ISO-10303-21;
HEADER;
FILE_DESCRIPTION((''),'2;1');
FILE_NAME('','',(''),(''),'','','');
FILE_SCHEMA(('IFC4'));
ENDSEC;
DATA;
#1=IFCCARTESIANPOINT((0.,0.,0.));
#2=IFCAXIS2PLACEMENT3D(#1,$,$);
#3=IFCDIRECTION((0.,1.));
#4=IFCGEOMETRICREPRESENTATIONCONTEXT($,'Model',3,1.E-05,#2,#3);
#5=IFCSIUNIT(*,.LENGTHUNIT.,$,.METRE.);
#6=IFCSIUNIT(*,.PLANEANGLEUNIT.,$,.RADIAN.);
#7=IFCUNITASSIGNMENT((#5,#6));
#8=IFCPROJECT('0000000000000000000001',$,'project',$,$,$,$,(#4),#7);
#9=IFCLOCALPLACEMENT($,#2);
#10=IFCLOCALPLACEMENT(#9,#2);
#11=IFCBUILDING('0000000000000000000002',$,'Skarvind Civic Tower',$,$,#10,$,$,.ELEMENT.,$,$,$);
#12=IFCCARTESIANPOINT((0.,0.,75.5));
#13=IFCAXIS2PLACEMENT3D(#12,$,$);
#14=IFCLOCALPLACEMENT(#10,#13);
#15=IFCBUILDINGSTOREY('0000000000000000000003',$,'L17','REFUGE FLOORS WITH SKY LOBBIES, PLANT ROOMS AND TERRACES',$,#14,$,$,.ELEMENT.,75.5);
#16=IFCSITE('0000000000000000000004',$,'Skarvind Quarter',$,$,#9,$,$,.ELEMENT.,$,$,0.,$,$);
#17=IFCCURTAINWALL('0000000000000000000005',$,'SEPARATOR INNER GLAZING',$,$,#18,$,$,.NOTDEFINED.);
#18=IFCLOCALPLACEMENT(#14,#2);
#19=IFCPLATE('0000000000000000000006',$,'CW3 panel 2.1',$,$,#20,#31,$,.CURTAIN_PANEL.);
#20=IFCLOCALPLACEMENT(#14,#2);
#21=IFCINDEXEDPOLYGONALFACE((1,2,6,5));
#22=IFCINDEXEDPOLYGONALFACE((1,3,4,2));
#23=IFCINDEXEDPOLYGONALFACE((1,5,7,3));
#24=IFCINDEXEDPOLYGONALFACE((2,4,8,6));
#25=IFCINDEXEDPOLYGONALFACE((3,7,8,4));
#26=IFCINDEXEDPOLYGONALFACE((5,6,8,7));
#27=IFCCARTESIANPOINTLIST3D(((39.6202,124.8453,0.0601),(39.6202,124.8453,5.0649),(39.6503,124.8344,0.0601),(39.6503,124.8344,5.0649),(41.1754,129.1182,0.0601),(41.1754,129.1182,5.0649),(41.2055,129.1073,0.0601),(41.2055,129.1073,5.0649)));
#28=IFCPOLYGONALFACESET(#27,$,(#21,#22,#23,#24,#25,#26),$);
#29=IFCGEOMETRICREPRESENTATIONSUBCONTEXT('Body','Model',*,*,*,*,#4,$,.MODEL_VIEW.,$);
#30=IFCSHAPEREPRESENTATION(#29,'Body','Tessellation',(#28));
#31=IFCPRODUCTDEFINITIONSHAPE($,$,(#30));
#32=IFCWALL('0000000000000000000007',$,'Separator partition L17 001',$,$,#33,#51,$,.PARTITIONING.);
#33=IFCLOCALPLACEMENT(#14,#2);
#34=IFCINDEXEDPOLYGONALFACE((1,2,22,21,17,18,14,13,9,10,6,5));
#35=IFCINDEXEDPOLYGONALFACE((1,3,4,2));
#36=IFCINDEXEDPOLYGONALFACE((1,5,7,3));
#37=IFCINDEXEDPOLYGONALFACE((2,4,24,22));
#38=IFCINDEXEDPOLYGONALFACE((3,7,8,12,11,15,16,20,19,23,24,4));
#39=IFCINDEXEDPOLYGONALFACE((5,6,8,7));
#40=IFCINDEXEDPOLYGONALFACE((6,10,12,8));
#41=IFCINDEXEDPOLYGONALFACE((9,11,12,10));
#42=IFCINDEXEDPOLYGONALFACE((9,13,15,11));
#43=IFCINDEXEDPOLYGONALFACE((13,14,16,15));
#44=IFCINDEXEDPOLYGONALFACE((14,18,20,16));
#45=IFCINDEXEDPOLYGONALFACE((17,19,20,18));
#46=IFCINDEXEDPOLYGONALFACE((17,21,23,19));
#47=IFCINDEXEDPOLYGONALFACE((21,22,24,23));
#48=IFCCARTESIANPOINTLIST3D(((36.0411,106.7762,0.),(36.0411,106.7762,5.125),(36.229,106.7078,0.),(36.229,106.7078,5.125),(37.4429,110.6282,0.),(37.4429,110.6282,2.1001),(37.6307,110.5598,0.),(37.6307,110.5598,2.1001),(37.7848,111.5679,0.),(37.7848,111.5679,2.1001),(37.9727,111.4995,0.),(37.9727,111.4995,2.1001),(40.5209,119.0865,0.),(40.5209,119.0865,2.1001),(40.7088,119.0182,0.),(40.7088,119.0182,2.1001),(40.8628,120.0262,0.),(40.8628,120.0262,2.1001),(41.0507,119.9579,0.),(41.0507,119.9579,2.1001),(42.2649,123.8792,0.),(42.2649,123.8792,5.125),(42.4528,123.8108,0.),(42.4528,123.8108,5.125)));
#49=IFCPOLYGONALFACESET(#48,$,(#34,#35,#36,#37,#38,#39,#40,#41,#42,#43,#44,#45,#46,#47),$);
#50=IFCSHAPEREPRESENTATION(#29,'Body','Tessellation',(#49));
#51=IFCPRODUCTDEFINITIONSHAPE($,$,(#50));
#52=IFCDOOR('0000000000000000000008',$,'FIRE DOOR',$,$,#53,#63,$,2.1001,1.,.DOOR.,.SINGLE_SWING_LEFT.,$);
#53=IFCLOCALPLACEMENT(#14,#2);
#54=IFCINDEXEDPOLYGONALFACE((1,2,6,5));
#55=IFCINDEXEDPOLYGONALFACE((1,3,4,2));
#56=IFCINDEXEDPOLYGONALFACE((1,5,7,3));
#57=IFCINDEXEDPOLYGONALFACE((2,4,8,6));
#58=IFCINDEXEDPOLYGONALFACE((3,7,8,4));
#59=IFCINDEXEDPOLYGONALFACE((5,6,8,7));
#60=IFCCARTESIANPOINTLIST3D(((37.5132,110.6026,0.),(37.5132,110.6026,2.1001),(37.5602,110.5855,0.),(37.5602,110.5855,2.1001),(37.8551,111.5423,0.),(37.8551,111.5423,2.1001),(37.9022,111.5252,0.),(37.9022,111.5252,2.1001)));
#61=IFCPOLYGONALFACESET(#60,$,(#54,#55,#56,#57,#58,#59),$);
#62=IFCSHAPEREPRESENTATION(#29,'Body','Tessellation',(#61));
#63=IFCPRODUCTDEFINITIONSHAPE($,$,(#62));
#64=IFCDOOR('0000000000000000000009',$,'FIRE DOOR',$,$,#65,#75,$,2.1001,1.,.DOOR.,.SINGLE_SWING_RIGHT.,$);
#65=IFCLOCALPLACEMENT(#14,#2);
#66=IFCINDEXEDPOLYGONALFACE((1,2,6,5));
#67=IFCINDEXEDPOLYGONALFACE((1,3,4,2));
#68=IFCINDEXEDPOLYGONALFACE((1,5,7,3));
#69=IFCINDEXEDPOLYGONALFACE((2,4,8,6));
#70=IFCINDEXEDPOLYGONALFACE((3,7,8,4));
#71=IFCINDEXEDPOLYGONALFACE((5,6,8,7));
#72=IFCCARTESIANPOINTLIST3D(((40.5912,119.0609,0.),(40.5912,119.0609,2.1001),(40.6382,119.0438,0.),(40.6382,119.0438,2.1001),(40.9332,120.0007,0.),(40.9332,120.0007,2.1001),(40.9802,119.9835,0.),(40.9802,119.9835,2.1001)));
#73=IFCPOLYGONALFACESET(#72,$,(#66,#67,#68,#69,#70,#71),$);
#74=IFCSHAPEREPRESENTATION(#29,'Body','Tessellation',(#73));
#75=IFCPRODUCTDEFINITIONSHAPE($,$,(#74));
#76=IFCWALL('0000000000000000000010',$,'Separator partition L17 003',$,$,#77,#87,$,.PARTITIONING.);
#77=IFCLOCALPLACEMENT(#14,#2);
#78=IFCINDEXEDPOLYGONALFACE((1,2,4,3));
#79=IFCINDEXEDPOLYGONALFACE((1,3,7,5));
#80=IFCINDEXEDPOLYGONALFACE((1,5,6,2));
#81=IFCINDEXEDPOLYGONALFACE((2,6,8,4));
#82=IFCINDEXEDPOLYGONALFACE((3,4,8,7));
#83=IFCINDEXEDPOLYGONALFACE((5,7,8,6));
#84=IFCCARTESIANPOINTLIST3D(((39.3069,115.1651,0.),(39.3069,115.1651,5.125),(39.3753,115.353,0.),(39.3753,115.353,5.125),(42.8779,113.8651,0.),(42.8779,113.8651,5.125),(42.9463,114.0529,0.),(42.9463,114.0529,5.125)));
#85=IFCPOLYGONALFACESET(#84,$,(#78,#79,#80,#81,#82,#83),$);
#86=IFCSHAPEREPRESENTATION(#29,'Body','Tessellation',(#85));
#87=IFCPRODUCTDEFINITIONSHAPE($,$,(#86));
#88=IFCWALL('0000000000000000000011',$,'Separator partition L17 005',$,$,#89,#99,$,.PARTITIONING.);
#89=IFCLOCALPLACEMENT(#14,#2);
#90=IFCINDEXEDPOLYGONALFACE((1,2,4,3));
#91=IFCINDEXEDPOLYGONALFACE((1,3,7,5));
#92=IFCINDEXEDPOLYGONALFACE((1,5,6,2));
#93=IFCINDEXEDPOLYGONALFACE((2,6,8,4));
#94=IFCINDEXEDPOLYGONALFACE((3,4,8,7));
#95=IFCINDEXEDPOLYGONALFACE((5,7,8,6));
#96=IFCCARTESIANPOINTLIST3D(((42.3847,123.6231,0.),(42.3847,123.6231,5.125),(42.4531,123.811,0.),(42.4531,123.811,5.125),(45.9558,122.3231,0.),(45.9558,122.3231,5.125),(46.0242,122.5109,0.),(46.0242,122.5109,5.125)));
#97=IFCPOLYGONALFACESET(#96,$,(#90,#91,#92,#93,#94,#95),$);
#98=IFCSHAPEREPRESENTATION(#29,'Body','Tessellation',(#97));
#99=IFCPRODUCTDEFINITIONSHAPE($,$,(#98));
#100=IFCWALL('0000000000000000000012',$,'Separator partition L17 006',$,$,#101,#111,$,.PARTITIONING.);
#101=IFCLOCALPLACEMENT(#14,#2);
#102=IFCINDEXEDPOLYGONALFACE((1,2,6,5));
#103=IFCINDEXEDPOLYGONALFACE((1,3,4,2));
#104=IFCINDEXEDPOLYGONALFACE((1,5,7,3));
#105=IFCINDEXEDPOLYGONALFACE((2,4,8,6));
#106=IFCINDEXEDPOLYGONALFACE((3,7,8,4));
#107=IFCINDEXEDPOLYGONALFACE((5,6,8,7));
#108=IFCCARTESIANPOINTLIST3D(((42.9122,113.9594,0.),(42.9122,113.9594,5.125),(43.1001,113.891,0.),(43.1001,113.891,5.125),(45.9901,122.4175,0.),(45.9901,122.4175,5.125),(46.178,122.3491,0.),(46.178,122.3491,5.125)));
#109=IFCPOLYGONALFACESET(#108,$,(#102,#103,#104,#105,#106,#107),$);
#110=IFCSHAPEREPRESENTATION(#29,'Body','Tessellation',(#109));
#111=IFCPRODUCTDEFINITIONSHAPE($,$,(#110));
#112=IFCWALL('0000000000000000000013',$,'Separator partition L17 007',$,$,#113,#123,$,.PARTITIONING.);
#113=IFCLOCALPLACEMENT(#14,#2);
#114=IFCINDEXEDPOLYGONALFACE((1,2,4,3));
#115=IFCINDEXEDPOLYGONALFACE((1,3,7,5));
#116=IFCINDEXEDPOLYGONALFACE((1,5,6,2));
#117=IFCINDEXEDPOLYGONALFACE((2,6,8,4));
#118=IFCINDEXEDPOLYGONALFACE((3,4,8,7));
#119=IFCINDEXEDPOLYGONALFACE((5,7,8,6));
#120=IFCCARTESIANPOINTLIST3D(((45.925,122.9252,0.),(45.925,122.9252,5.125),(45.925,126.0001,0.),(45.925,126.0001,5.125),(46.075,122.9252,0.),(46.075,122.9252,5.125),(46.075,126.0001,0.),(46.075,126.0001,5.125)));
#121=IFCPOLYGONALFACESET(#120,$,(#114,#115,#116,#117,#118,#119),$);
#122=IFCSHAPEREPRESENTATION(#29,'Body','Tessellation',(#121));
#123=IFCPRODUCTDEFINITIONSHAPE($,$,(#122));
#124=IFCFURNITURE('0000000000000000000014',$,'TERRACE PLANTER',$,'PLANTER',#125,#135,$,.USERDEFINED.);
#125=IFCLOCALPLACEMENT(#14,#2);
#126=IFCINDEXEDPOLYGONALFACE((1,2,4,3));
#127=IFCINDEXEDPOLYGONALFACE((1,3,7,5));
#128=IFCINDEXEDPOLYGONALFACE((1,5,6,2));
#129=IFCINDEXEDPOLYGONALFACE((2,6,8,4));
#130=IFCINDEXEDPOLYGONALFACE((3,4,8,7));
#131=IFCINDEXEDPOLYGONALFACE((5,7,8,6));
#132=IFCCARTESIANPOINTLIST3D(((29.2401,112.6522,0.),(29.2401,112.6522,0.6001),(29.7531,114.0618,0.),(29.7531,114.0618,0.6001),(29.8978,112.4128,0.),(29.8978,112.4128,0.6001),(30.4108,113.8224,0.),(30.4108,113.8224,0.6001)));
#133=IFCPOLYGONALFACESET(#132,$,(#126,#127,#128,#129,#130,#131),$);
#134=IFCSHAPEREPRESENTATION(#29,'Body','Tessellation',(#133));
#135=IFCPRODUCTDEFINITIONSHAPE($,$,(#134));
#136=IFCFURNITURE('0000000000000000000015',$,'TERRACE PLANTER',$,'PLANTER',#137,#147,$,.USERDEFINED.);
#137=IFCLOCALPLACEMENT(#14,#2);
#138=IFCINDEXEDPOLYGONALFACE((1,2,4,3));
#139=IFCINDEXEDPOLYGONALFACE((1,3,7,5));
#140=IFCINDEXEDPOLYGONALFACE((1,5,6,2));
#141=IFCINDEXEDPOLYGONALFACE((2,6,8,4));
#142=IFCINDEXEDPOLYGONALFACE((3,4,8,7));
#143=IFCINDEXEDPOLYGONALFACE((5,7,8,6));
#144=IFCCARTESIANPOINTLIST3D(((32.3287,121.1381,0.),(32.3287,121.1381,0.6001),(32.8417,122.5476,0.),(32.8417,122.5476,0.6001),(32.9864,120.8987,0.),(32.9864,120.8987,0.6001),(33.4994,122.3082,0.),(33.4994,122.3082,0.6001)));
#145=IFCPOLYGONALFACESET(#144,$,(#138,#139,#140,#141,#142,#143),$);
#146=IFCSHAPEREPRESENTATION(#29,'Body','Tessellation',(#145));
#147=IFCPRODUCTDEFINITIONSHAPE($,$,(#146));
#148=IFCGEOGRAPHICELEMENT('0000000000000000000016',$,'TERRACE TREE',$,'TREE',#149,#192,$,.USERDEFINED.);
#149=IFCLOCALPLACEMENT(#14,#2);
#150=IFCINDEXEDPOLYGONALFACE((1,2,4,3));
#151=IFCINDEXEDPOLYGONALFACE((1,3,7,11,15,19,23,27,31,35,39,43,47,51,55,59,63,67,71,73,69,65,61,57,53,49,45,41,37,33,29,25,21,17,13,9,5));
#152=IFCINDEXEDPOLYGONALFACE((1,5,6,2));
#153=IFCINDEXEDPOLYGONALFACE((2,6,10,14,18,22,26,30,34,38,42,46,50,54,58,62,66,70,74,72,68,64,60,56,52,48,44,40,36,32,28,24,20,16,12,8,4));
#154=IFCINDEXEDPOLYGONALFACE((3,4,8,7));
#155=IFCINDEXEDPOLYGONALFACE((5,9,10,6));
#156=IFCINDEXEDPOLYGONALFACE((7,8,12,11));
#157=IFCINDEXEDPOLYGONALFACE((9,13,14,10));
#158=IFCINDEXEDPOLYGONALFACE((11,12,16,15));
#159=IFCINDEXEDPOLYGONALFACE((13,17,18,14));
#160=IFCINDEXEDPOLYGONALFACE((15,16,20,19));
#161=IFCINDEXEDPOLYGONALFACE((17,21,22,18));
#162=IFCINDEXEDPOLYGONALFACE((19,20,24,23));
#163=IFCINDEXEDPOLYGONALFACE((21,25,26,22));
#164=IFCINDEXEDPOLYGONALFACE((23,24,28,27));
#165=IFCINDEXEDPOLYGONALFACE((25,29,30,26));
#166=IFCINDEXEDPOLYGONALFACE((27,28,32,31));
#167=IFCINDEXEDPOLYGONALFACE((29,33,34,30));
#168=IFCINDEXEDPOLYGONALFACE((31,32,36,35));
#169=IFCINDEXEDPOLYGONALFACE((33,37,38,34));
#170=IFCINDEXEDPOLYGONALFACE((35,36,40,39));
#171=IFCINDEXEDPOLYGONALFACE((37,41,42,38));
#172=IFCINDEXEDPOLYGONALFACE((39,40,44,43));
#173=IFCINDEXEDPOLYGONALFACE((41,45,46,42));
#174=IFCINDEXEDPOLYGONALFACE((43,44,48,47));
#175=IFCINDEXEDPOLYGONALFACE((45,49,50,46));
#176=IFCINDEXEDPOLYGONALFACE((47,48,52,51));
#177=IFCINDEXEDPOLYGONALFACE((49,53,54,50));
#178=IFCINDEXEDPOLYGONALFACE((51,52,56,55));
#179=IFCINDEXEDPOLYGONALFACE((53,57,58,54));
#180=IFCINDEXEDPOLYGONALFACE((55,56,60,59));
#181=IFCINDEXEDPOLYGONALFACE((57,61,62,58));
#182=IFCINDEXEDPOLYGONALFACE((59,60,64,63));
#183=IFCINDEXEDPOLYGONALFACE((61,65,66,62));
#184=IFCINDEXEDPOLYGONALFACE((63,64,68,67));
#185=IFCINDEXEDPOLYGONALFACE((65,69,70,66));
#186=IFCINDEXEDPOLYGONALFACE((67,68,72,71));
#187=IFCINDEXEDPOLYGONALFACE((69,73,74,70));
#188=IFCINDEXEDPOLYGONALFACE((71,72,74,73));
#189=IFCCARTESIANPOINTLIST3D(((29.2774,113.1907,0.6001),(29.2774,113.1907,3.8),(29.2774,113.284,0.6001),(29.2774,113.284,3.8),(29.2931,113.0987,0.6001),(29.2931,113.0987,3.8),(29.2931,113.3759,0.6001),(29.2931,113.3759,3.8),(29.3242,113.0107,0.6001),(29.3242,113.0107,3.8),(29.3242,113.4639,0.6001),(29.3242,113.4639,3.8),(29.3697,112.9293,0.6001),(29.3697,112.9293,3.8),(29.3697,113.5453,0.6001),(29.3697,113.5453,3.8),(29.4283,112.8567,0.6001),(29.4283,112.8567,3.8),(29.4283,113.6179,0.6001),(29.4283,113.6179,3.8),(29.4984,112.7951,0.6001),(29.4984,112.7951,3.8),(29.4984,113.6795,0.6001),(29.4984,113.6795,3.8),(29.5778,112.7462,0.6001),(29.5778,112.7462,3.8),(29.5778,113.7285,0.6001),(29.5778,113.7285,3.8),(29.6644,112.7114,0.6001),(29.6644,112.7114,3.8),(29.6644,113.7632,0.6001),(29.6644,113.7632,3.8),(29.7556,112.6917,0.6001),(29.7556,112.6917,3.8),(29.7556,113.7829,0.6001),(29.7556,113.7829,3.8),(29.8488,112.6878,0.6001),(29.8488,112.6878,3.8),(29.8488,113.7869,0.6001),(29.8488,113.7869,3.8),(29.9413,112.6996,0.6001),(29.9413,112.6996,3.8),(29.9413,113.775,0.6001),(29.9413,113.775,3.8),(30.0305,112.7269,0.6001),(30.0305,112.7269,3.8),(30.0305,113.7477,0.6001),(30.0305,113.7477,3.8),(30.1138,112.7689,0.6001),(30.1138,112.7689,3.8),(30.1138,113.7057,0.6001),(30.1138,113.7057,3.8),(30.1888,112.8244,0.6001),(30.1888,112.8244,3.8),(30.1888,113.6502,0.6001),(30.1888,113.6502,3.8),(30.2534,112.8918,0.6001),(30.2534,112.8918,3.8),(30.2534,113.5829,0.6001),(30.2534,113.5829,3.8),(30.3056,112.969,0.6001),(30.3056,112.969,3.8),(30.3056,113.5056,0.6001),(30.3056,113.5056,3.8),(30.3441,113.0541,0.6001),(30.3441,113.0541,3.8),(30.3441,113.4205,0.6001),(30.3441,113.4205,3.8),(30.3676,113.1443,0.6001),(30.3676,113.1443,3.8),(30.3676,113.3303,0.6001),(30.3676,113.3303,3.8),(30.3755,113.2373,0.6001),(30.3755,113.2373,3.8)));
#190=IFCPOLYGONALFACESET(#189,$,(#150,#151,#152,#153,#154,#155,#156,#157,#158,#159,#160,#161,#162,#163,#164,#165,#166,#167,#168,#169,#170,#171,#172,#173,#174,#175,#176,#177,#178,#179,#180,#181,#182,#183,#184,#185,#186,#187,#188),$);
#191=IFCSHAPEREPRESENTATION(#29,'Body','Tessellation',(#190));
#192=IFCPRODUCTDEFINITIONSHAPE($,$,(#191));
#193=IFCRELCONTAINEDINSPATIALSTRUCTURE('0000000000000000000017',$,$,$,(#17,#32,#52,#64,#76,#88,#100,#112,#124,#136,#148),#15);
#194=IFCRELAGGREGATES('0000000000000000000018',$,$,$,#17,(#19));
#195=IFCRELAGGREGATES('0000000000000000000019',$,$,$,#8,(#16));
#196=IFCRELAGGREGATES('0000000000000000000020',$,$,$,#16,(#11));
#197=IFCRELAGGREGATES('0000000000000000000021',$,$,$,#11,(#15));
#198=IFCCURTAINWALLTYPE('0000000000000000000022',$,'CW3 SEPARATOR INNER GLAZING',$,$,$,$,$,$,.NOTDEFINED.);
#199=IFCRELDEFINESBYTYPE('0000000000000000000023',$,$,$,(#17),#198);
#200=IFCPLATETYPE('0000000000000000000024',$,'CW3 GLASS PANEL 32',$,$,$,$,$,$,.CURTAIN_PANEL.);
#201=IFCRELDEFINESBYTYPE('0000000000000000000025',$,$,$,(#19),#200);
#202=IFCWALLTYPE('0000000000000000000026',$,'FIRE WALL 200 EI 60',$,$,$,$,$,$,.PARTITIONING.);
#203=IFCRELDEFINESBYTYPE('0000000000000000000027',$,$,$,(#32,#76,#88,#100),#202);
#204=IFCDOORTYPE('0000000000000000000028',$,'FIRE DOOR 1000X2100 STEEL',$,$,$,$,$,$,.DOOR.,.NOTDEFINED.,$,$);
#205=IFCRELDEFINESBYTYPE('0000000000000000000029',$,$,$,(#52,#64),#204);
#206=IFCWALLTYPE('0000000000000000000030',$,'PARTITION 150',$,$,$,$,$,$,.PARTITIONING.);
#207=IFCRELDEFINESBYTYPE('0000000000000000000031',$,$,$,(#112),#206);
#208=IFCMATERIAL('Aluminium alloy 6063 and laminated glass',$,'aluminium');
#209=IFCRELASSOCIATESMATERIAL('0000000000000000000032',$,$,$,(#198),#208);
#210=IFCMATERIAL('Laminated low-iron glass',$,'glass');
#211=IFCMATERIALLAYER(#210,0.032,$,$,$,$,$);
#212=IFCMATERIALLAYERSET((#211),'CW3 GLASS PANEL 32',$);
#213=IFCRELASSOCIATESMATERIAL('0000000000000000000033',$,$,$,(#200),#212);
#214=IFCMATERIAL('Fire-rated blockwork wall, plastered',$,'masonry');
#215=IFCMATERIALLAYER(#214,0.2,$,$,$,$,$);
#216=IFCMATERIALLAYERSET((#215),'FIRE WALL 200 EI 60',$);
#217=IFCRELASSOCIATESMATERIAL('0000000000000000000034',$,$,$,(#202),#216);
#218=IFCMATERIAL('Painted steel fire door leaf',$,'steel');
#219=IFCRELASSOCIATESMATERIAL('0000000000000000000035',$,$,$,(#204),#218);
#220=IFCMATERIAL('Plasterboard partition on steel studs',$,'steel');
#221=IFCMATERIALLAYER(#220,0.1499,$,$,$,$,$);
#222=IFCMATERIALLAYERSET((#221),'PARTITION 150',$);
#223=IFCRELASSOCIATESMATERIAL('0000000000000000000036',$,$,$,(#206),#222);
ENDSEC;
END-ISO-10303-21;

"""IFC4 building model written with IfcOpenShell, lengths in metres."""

from ifc_helpers import new_model, si_unit, direction, frame, frame_2d, origin, origin_2d, place, context, subcontext, project, spatial, rectangle, circle, extrude, material, layer, layer_set, type_object, element, fill, aggregate, save


model = new_model("IFC4")

# Units and contexts
model_context = context("Model", 3, precision=1e-05, world=origin(), true_north=direction((0.0, 1.0)))
body_context = subcontext(model_context, "Body", "Model", "MODEL_VIEW")
ifc_project = project(units=[si_unit("LENGTHUNIT", "METRE"), si_unit("PLANEANGLEUNIT", "RADIAN")], contexts=[model_context])

# Site, building, storey
site_placement = place(None, origin())
site = spatial("IfcSite", under=ifc_project, at=site_placement, Name="Skarvind Quarter", CompositionType="ELEMENT", RefElevation=0.0)
building_placement = place(site_placement, origin())
building = spatial("IfcBuilding", under=site, at=building_placement, Name="Skarvind Civic Tower", CompositionType="ELEMENT")
storey_placement = place(building_placement, frame((0.0, 0.0, 75.5)))
storey = spatial("IfcBuildingStorey", under=building, at=storey_placement, Name="L17", Description="REFUGE FLOORS WITH SKY LOBBIES, PLANT ROOMS AND TERRACES", CompositionType="ELEMENT", Elevation=75.5)

# Shared definitions
ifc_material_1 = material(Name="Aluminium alloy 6063 and laminated glass", Category="aluminium")
curtain_wall_type = type_object("IfcCurtainWallType", Name="CW3 SEPARATOR INNER GLAZING", PredefinedType="NOTDEFINED", material=ifc_material_1)

# Curtain wall, plate
curtain_wall_1_placement = place(storey_placement, origin())
curtain_wall_1 = element("IfcCurtainWall", 1, at=curtain_wall_1_placement, inside=storey, type_object=curtain_wall_type, Name="SEPARATOR INNER GLAZING", PredefinedType="NOTDEFINED")
ifc_material_2 = material(Name="Laminated low-iron glass", Category="glass")
ifc_layer_1 = layer(ifc_material_2, 0.032)
ifc_layer_set_1 = layer_set([ifc_layer_1], Name="CW3 GLASS PANEL 32")
plate_type = type_object("IfcPlateType", Name="CW3 GLASS PANEL 32", PredefinedType="CURTAIN_PANEL", material=ifc_layer_set_1)
plate_1_placement = place(storey_placement, frame((40.4128, 126.9763, 0.0601), z_axis=(0.0, 0.0, 1.0), x_axis=(0.342026, 0.93969, 0.0)))
plate_1 = element("IfcPlate", 2, at=plate_1_placement, type_object=plate_type, Name="CW3 panel 2.1", PredefinedType="CURTAIN_PANEL", context=body_context, shape_type="SweptSolid", body=[
    extrude(rectangle(XDim=4.5471, YDim=0.032, at=origin_2d()), origin(), (0.0, 0.0, 1.0), 5.0049),
])
aggregate(curtain_wall_1, [plate_1])

# Wall, openings, doors
ifc_material_3 = material(Name="Fire-rated blockwork wall, plastered", Category="masonry")
ifc_layer_2 = layer(ifc_material_3, 0.2)
ifc_layer_set_2 = layer_set([ifc_layer_2], Name="FIRE WALL 200 EI 60")
wall_type_1 = type_object("IfcWallType", Name="FIRE WALL 200 EI 60", PredefinedType="PARTITIONING", material=ifc_layer_set_2)
wall_1_placement = place(storey_placement, frame((42.3589, 123.845, 0.0), z_axis=(0.0, 0.0, 1.0), x_axis=(-0.341966, -0.939712, 0.0)))
wall_1 = element("IfcWall", 3, at=wall_1_placement, inside=storey, type_object=wall_type_1, Name="Separator partition L17 001", PredefinedType="PARTITIONING", context=body_context, shape_type="SweptSolid", body=[
    extrude(rectangle(XDim=18.2002, YDim=0.2, at=frame_2d((9.1001, 0.0))), origin(), (0.0, 0.0, 1.0), 5.125),
])
opening_1_placement = place(wall_1_placement, frame((13.1011, 0.0, 0.0)))
opening_1 = element("IfcOpeningElement", 4, at=opening_1_placement, cuts=wall_1, PredefinedType="OPENING", context=body_context, shape_type="SweptSolid", body=[
    extrude(rectangle(XDim=1.0, YDim=2.1001, at=frame_2d((0.5, 1.05))), frame((0.0, 0.1099, 0.0), z_axis=(0.0, -1.0, 0.0), x_axis=(1.0, 0.0, 0.0)), (0.0, 0.0, 1.0), 0.22),
])
opening_2_placement = place(wall_1_placement, frame((4.1001, 0.0, 0.0)))
opening_2 = element("IfcOpeningElement", 5, at=opening_2_placement, cuts=wall_1, PredefinedType="OPENING", context=body_context, shape_type="SweptSolid", body=[
    extrude(rectangle(XDim=1.0, YDim=2.1001, at=frame_2d((0.5, 1.05))), frame((0.0, 0.1099, 0.0), z_axis=(0.0, -1.0, 0.0), x_axis=(1.0, 0.0, 0.0)), (0.0, 0.0, 1.0), 0.22),
])
ifc_material_4 = material(Name="Painted steel fire door leaf", Category="steel")
door_type_1 = type_object("IfcDoorType", Name="FIRE DOOR 1000X2100 STEEL", OperationType="NOTDEFINED", PredefinedType="DOOR", material=ifc_material_4)
door_1_placement = place(opening_1_placement, origin())
door_1 = element("IfcDoor", 6, at=door_1_placement, inside=storey, type_object=door_type_1, Name="FIRE DOOR", OperationType="SINGLE_SWING_LEFT", OverallHeight=2.1001, OverallWidth=1.0, PredefinedType="DOOR", context=body_context, shape_type="SweptSolid", body=[
    extrude(rectangle(XDim=1.0, YDim=2.1001, at=frame_2d((0.5, 1.05))), frame((0.0, 0.0249, 0.0), z_axis=(0.0, -1.0, 0.0), x_axis=(1.0, 0.0, 0.0)), (0.0, 0.0, 1.0), 0.05),
])
fill(opening_1, door_1)
door_2_placement = place(opening_2_placement, origin())
door_2 = element("IfcDoor", 7, at=door_2_placement, inside=storey, type_object=door_type_1, Name="FIRE DOOR", OperationType="SINGLE_SWING_RIGHT", OverallHeight=2.1001, OverallWidth=1.0, PredefinedType="DOOR", context=body_context, shape_type="SweptSolid", body=[
    extrude(rectangle(XDim=1.0, YDim=2.1001, at=frame_2d((0.5, 1.05))), frame((0.0, 0.0249, 0.0), z_axis=(0.0, -1.0, 0.0), x_axis=(1.0, 0.0, 0.0)), (0.0, 0.0, 1.0), 0.05),
])
fill(opening_2, door_2)

# Walls
for number, where, z_axis, x_axis, name in (
    (8, (39.3411, 115.259, 0.0), (0.0, 0.0, 1.0), (0.939668, -0.342089, 0.0), "Separator partition L17 003"),
    (9, (42.4189, 123.717, 0.0), (0.0, 0.0, 1.0), (0.939668, -0.342089, 0.0), "Separator partition L17 005"),
):
    element("IfcWall", number, at=place(storey_placement, frame(where, z_axis=z_axis, x_axis=x_axis)), inside=storey, type_object=wall_type_1, Name=name, PredefinedType="PARTITIONING", context=body_context, shape_type="SweptSolid", body=[
        extrude(rectangle(XDim=3.8003, YDim=0.2, at=frame_2d((1.9001, 0.0))), origin(), (0.0, 0.0, 1.0), 5.125),
    ])
wall_2_placement = place(storey_placement, frame((43.0061, 113.925, 0.0), z_axis=(0.0, 0.0, 1.0), x_axis=(0.341963, 0.939713, 0.0)))
element("IfcWall", 10, at=wall_2_placement, inside=storey, type_object=wall_type_1, Name="Separator partition L17 006", PredefinedType="PARTITIONING", context=body_context, shape_type="SweptSolid", body=[
    extrude(rectangle(XDim=9.0007, YDim=0.2, at=frame_2d((4.5005, 0.0))), origin(), (0.0, 0.0, 1.0), 5.125),
])
ifc_material_5 = material(Name="Plasterboard partition on steel studs", Category="steel")
ifc_layer_3 = layer(ifc_material_5, 0.1499)
ifc_layer_set_3 = layer_set([ifc_layer_3], Name="PARTITION 150")
wall_type_2 = type_object("IfcWallType", Name="PARTITION 150", PredefinedType="PARTITIONING", material=ifc_layer_set_3)
wall_3_placement = place(storey_placement, frame((46.0, 122.925, 0.0), z_axis=(0.0, 0.0, 1.0), x_axis=(0.0, 1.0, 0.0)))
element("IfcWall", 11, at=wall_3_placement, inside=storey, type_object=wall_type_2, Name="Separator partition L17 007", PredefinedType="PARTITIONING", context=body_context, shape_type="SweptSolid", body=[
    extrude(rectangle(XDim=3.075, YDim=0.1499, at=frame_2d((1.5376, 0.0))), origin(), (0.0, 0.0, 1.0), 5.125),
])

# Furniture
for number, where, z_axis, x_axis, name in (
    (12, (29.8254, 113.2373, 0.0), (0.0, 0.0, 1.0), (0.34202, 0.939693, 0.0), "TERRACE PLANTER"),
    (13, (32.9141, 121.7231, 0.0), (0.0, 0.0, 1.0), (0.34202, 0.939693, 0.0), "TERRACE PLANTER"),
):
    element("IfcFurniture", number, at=place(storey_placement, frame(where, z_axis=z_axis, x_axis=x_axis)), inside=storey, Name=name, ObjectType="PLANTER", PredefinedType="USERDEFINED", context=body_context, shape_type="SweptSolid", body=[
        extrude(rectangle(XDim=1.5, YDim=0.7, at=origin_2d()), origin(), (0.0, 0.0, 1.0), 0.6001),
    ])

# Geographic element
for number, where, z_axis, x_axis, name in (
    (14, (29.8254, 113.2373, 0.6001), (0.0, 0.0, 1.0), (1.0, 0.0, 0.0), "TERRACE TREE"),
):
    element("IfcGeographicElement", number, at=place(storey_placement, frame(where, z_axis=z_axis, x_axis=x_axis)), inside=storey, Name=name, ObjectType="TREE", PredefinedType="USERDEFINED", context=body_context, shape_type="SweptSolid", body=[
        extrude(circle(Radius=0.55, at=origin_2d()), origin(), (0.0, 0.0, 1.0), 3.2),
    ])

save(model, "model.ifc")
